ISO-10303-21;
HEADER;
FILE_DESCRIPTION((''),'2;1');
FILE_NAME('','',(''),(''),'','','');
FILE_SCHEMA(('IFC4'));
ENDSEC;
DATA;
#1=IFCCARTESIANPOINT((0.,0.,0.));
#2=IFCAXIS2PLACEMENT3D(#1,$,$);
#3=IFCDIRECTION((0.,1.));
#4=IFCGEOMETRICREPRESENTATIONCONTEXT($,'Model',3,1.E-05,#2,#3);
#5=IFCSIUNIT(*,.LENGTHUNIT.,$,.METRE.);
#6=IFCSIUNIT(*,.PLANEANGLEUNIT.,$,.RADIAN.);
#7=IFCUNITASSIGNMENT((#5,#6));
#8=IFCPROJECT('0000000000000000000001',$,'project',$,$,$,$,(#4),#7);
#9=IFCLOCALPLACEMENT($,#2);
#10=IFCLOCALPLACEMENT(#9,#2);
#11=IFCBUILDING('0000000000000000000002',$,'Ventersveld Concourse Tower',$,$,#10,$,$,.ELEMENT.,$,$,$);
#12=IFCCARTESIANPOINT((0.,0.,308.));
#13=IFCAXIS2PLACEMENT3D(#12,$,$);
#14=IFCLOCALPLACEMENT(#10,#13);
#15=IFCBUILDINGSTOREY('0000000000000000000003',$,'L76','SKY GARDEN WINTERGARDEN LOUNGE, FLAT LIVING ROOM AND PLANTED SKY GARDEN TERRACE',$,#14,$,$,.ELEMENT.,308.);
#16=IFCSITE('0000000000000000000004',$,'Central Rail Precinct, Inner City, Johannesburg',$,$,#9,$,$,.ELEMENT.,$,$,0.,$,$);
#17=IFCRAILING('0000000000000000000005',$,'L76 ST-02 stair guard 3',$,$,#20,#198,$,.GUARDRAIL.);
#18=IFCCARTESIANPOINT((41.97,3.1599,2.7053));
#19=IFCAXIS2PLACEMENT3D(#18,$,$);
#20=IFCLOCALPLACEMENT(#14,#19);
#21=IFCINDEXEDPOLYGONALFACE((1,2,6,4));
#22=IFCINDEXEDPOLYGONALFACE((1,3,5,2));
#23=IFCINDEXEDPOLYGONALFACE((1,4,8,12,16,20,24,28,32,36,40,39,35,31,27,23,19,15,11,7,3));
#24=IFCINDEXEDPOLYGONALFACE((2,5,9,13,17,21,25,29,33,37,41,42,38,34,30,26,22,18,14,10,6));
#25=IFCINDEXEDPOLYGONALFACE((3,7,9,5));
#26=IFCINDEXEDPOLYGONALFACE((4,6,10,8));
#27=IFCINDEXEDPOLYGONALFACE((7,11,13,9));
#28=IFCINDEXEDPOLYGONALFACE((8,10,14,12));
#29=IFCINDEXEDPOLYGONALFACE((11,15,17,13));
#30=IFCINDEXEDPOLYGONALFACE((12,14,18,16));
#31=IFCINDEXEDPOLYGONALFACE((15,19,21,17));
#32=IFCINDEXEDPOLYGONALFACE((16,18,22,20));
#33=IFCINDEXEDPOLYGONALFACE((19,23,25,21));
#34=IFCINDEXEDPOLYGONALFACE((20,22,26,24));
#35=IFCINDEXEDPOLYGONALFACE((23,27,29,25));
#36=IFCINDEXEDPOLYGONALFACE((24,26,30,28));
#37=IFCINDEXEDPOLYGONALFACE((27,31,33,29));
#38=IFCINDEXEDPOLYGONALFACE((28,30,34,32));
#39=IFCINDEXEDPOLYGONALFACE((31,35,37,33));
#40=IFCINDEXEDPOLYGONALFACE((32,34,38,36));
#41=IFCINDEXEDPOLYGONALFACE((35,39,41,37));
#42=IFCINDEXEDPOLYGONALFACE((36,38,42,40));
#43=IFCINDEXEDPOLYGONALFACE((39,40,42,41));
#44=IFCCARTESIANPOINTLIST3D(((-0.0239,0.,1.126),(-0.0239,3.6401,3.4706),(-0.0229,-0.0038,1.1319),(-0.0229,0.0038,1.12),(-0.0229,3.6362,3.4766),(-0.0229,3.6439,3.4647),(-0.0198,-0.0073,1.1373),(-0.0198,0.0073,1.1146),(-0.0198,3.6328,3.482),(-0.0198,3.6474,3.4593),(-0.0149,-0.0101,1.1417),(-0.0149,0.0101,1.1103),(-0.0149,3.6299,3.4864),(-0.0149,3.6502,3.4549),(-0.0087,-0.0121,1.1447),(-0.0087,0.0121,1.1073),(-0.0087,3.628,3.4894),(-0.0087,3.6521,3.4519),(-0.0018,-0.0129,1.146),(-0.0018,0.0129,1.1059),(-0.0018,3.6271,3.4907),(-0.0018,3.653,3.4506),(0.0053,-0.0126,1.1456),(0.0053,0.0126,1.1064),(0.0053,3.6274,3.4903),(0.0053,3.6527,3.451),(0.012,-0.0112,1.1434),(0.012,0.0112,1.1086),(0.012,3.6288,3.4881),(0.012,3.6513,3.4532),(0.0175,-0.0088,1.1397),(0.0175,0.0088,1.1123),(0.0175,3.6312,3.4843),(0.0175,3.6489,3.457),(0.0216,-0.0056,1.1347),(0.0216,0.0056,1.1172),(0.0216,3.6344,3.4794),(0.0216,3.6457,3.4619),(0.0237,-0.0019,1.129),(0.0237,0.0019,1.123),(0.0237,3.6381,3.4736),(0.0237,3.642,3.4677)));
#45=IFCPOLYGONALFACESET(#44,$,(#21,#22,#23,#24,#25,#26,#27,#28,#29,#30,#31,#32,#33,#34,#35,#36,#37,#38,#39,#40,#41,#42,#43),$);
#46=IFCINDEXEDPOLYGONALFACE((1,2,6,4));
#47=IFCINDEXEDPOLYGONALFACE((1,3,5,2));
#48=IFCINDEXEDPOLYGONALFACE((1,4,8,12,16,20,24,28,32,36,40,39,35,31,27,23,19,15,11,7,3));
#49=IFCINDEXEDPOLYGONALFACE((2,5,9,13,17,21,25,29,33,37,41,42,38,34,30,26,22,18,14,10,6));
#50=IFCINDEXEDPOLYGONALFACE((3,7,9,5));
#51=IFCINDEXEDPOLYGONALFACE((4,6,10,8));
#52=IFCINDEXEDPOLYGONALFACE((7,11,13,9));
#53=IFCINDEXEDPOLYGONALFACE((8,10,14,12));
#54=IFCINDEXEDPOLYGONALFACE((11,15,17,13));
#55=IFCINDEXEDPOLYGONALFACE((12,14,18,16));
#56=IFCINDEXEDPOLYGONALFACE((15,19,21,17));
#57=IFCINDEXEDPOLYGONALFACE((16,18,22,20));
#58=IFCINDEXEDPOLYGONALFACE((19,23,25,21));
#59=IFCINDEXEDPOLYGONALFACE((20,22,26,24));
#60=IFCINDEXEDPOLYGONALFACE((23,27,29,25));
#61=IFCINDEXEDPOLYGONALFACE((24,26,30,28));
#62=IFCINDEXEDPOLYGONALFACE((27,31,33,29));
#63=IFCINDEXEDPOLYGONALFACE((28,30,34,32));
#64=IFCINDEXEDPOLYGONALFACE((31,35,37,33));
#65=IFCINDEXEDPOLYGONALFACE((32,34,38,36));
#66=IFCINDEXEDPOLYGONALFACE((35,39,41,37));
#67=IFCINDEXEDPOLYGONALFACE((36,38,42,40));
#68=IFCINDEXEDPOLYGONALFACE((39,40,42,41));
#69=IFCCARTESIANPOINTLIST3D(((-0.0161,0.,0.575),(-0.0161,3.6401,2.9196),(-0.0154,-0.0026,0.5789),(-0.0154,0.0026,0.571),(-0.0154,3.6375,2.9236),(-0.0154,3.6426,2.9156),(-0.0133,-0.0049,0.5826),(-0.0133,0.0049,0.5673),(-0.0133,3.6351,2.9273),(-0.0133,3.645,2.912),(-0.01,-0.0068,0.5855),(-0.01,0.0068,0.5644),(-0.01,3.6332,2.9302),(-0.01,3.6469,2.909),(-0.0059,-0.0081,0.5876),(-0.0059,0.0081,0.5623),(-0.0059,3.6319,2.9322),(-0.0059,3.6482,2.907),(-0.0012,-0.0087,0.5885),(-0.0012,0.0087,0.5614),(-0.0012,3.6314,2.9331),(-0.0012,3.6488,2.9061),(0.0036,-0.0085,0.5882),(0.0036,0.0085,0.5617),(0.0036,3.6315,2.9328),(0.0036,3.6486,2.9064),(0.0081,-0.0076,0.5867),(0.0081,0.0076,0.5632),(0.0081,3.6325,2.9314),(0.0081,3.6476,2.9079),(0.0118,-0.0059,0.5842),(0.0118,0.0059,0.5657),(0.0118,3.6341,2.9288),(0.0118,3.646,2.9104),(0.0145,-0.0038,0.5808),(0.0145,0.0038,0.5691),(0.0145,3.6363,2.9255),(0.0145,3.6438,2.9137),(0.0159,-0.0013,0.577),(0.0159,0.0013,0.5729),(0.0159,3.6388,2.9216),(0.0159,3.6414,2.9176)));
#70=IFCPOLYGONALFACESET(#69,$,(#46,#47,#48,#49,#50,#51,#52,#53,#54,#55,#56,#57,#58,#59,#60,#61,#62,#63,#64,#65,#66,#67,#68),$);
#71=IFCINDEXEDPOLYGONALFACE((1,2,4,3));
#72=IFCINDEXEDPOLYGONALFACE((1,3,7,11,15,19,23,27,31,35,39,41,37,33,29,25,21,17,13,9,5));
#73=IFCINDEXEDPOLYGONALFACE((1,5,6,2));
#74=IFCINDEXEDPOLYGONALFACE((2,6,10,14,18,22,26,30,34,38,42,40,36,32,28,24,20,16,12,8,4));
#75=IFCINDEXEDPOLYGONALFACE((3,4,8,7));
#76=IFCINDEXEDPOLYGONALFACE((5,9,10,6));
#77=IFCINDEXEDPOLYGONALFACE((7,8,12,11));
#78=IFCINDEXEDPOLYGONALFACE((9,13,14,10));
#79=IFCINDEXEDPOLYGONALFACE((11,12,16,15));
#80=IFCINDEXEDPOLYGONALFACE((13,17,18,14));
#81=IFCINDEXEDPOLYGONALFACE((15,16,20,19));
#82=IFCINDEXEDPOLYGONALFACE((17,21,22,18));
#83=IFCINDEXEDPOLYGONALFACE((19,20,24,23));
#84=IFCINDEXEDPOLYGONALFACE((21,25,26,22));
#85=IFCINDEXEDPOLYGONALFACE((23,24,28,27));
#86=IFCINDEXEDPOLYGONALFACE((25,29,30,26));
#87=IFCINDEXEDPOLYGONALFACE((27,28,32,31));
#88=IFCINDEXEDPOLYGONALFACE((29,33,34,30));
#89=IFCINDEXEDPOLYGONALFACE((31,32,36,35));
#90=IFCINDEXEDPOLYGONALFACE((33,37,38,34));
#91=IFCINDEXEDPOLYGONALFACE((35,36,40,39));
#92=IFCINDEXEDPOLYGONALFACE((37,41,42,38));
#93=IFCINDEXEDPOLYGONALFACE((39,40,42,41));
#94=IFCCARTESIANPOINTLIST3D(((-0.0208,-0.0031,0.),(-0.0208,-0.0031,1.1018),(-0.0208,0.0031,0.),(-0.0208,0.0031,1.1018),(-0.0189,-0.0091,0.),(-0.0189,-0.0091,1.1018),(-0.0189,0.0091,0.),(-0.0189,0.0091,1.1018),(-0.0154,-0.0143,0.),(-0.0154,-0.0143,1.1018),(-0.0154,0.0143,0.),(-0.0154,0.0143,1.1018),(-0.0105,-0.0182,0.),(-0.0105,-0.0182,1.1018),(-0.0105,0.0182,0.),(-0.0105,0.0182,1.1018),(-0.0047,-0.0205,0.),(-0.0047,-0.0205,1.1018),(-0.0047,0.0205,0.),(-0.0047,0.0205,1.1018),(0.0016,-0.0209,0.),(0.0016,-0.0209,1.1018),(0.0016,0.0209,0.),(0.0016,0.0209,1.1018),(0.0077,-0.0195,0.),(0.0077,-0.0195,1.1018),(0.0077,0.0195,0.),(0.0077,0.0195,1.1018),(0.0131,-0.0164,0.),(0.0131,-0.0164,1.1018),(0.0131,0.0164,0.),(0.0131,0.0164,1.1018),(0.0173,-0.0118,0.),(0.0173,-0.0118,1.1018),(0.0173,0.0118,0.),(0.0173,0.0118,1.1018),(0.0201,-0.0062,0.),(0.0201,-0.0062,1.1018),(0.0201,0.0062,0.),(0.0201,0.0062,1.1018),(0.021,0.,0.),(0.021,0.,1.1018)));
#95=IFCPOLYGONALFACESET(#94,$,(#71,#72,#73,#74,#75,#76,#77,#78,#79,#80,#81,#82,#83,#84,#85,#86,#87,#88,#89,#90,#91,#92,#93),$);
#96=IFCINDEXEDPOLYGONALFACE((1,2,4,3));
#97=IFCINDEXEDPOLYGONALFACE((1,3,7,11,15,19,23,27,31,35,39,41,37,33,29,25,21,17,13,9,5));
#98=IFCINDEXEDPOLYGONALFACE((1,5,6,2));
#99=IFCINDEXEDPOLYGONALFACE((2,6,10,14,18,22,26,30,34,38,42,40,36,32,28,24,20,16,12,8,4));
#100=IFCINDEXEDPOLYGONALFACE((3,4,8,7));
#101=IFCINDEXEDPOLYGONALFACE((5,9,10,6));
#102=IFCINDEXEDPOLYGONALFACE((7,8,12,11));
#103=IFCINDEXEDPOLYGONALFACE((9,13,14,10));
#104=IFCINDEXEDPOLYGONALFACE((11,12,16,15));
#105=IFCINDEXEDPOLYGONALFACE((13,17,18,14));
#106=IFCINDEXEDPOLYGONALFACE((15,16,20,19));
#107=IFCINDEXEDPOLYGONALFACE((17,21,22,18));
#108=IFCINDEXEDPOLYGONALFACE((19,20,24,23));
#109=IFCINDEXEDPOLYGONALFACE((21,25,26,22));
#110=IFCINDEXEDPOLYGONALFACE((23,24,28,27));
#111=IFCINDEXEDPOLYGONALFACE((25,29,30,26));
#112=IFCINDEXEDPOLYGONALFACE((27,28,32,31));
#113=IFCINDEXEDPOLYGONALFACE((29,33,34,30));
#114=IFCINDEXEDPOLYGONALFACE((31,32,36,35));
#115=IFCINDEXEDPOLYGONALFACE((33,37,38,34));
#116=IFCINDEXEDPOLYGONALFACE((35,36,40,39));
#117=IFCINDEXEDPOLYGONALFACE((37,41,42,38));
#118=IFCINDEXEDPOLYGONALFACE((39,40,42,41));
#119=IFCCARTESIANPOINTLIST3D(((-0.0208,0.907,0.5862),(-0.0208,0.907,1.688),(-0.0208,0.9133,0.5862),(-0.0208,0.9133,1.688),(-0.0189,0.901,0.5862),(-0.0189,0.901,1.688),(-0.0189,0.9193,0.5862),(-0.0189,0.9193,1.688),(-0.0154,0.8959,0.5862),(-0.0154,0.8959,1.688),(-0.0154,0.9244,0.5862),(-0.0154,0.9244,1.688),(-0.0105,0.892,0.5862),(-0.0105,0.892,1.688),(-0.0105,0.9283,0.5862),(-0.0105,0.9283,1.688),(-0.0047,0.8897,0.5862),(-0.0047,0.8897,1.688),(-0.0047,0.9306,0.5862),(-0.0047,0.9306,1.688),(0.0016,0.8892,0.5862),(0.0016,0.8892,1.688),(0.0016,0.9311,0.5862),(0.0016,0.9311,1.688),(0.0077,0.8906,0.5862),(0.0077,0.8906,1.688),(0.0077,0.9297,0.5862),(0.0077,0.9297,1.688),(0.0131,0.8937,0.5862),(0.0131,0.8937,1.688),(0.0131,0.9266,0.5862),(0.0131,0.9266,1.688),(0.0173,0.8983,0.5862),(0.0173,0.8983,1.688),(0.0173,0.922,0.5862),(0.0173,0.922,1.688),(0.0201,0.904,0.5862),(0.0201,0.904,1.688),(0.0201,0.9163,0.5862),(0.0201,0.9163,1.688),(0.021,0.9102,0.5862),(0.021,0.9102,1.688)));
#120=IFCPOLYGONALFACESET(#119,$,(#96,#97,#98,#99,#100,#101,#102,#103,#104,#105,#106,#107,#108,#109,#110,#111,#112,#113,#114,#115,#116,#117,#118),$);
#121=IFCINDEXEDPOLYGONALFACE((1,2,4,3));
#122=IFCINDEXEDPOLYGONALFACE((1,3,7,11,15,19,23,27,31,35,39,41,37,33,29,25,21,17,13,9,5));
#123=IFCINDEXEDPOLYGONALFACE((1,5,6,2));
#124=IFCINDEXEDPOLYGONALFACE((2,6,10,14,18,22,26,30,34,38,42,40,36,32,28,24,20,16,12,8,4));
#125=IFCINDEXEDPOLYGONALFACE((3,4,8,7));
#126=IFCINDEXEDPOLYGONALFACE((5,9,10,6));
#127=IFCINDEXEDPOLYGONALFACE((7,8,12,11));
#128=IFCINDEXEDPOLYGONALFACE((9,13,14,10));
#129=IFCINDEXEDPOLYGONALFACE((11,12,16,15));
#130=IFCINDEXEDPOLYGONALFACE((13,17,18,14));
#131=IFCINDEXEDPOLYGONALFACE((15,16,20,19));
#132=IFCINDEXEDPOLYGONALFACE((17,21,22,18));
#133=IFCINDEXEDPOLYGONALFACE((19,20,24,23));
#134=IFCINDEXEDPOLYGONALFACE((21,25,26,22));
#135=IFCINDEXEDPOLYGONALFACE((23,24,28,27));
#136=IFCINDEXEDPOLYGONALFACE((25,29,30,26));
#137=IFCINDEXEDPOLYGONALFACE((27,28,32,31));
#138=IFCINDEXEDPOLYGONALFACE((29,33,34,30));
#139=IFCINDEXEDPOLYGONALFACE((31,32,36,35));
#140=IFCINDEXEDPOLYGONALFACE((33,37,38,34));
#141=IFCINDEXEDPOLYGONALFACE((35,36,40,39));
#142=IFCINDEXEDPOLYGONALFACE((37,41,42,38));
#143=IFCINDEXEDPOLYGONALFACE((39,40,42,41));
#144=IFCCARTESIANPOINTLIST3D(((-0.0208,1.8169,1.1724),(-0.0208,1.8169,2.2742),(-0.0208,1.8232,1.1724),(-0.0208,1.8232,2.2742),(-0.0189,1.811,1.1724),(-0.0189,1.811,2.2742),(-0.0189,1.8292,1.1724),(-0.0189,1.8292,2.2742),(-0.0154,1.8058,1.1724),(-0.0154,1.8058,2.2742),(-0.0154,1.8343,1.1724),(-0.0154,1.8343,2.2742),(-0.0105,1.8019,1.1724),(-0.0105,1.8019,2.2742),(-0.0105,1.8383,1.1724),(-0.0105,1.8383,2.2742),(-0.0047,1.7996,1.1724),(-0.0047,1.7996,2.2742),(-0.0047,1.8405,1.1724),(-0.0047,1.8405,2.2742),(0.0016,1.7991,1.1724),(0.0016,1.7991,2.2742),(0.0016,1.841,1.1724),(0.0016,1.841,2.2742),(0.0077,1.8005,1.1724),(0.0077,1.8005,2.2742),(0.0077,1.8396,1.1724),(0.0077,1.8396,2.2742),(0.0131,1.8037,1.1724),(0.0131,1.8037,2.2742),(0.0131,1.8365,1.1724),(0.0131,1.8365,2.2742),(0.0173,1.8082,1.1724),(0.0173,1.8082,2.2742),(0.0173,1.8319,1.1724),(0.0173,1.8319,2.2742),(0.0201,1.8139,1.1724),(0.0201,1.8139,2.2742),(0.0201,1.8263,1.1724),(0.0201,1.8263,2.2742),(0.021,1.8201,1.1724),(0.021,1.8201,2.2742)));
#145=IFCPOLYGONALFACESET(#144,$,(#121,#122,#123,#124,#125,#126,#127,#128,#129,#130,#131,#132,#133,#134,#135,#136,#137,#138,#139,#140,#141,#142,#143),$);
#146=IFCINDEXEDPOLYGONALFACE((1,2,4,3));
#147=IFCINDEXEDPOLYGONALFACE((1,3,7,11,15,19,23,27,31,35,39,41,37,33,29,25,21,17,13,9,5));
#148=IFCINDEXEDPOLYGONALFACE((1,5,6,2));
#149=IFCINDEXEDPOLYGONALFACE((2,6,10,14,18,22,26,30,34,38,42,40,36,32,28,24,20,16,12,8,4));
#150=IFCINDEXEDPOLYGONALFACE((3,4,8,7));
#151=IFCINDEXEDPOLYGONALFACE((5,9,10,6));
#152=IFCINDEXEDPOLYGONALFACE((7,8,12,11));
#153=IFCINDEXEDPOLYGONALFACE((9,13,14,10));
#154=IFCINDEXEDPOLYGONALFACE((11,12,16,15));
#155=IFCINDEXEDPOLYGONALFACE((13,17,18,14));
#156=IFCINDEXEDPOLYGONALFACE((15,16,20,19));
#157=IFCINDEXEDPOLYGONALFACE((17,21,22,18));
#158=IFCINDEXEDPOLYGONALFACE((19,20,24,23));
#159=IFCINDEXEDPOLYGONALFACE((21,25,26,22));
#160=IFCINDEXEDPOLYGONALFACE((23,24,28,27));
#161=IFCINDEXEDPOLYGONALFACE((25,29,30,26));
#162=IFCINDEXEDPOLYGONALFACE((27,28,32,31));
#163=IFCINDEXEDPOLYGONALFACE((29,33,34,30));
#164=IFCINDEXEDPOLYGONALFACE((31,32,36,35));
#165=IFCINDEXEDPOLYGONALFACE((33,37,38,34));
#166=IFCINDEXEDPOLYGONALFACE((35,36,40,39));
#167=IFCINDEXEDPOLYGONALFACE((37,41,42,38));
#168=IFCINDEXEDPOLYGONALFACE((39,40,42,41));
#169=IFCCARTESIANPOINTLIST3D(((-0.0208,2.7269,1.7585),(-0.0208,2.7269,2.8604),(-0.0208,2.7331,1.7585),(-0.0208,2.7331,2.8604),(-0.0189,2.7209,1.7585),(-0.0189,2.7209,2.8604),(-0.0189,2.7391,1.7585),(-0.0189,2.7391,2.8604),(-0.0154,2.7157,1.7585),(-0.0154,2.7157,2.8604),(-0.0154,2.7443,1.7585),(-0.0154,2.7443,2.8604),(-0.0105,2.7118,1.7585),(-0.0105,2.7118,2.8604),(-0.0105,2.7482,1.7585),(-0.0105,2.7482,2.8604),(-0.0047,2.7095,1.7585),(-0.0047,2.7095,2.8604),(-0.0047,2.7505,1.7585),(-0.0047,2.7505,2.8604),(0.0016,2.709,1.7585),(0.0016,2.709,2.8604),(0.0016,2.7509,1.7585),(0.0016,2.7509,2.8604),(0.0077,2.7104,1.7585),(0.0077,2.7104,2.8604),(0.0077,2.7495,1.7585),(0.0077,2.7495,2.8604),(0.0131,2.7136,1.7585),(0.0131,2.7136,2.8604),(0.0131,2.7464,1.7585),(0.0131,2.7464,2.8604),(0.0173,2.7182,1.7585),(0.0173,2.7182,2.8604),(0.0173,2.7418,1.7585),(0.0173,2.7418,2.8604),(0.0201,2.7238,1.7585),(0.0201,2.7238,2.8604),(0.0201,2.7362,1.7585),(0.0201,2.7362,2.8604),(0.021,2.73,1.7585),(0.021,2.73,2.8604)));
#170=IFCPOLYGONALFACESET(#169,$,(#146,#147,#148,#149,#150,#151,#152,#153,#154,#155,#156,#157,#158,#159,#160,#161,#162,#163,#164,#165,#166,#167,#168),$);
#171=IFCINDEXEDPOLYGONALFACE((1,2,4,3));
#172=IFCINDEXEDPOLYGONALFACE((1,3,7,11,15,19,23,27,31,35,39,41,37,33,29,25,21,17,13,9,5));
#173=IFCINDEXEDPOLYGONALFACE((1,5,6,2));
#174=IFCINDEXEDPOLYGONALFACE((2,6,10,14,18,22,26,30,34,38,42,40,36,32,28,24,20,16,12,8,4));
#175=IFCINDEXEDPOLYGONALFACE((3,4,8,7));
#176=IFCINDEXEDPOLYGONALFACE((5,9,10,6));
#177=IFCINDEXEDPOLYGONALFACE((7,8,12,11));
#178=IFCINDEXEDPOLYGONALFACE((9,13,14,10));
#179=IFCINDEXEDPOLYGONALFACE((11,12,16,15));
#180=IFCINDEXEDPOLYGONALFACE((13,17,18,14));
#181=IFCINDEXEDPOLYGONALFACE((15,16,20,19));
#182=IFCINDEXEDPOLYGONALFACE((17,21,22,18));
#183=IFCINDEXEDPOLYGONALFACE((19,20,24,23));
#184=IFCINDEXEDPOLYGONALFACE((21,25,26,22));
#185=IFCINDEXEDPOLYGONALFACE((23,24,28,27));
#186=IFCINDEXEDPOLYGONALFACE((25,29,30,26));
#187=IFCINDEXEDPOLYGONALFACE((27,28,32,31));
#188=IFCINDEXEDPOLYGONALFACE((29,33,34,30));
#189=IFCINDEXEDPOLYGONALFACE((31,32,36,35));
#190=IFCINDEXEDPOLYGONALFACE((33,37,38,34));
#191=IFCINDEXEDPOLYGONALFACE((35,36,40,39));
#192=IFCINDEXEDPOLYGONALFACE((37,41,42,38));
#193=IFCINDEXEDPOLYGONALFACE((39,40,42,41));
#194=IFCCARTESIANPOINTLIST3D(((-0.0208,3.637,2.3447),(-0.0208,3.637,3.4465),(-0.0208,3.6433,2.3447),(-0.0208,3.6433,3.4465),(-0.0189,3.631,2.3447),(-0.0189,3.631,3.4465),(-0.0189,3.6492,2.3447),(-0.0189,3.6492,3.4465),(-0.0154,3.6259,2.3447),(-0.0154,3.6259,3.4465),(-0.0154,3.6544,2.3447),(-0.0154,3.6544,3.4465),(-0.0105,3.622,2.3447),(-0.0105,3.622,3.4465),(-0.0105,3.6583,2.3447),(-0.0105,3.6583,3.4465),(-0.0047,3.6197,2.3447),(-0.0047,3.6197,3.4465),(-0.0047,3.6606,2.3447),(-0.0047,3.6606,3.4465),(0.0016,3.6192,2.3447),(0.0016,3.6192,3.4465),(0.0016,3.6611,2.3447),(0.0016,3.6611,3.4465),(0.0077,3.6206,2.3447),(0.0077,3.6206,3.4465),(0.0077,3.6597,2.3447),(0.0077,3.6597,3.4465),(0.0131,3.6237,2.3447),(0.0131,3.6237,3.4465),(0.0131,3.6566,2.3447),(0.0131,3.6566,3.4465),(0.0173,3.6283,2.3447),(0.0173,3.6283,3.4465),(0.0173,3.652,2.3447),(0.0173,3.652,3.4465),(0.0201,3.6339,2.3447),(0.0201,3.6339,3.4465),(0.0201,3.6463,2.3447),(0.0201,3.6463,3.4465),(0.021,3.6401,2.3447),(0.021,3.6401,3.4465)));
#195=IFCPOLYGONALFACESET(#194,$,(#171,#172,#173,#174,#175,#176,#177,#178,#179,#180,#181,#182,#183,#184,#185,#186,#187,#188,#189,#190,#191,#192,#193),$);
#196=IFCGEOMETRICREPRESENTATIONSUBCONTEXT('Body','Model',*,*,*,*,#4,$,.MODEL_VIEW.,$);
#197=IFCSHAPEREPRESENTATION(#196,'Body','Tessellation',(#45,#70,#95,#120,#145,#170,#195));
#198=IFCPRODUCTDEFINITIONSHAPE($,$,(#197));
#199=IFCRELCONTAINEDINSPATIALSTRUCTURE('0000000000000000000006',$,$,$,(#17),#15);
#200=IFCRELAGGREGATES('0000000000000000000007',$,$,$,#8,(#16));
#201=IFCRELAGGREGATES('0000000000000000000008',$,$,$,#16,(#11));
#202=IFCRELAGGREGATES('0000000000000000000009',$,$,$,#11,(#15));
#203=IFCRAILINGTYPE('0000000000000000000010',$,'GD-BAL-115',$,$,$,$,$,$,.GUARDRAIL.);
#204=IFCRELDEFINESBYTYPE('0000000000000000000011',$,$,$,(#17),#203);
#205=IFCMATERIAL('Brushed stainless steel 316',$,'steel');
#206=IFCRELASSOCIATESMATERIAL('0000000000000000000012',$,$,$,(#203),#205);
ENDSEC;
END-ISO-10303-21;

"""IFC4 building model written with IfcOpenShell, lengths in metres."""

from ifc_helpers import new_model, si_unit, direction, frame, origin, origin_2d, place, context, subcontext, project, spatial, circle, extrude, material, type_object, element, save


model = new_model("IFC4")

# Units and contexts
model_context = context("Model", 3, precision=1e-05, world=origin(), true_north=direction((0.0, 1.0)))
body_context = subcontext(model_context, "Body", "Model", "MODEL_VIEW")
ifc_project = project(units=[si_unit("LENGTHUNIT", "METRE"), si_unit("PLANEANGLEUNIT", "RADIAN")], contexts=[model_context])

# Site, building, storey
site_placement = place(None, origin())
site = spatial("IfcSite", under=ifc_project, at=site_placement, Name="Central Rail Precinct, Inner City, Johannesburg", CompositionType="ELEMENT", RefElevation=0.0)
building_placement = place(site_placement, origin())
building = spatial("IfcBuilding", under=site, at=building_placement, Name="Ventersveld Concourse Tower", CompositionType="ELEMENT")
storey_placement = place(building_placement, frame((0.0, 0.0, 308.0)))
storey = spatial("IfcBuildingStorey", under=building, at=storey_placement, Name="L76", Description="SKY GARDEN WINTERGARDEN LOUNGE, FLAT LIVING ROOM AND PLANTED SKY GARDEN TERRACE", CompositionType="ELEMENT", Elevation=308.0)

# Railing
ifc_material_1 = material(Name="Brushed stainless steel 316", Category="steel")
railing_type = type_object("IfcRailingType", Name="GD-BAL-115", PredefinedType="GUARDRAIL", material=ifc_material_1)
railing_1_placement = place(storey_placement, frame((41.97, 3.1599, 2.7053)))
element("IfcRailing", 1, at=railing_1_placement, inside=storey, type_object=railing_type, Name="L76 ST-02 stair guard 3", PredefinedType="GUARDRAIL", context=body_context, shape_type="SweptSolid", body=[
    extrude(circle(Radius=0.0239, at=origin_2d()), frame((0.0, 0.0, 1.126), z_axis=(0.0, 0.840691, 0.541515), x_axis=(-1.0, 0.0, 0.0)), (0.0, 0.0, 1.0), 4.3298),
    extrude(circle(Radius=0.0161, at=origin_2d()), frame((0.0, 0.0, 0.575), z_axis=(0.0, 0.840691, 0.541515), x_axis=(-1.0, 0.0, 0.0)), (0.0, 0.0, 1.0), 4.3298),
    extrude(circle(Radius=0.021, at=origin_2d()), origin(), (0.0, 0.0, 1.0), 1.1018),
    extrude(circle(Radius=0.021, at=origin_2d()), frame((0.0, 0.9102, 0.5862)), (0.0, 0.0, 1.0), 1.1018),
    extrude(circle(Radius=0.021, at=origin_2d()), frame((0.0, 1.8201, 1.1724)), (0.0, 0.0, 1.0), 1.1018),
    extrude(circle(Radius=0.021, at=origin_2d()), frame((0.0, 2.73, 1.7585)), (0.0, 0.0, 1.0), 1.1018),
    extrude(circle(Radius=0.021, at=origin_2d()), frame((0.0, 3.6401, 2.3447)), (0.0, 0.0, 1.0), 1.1018),
])

save(model, "model.ifc")
